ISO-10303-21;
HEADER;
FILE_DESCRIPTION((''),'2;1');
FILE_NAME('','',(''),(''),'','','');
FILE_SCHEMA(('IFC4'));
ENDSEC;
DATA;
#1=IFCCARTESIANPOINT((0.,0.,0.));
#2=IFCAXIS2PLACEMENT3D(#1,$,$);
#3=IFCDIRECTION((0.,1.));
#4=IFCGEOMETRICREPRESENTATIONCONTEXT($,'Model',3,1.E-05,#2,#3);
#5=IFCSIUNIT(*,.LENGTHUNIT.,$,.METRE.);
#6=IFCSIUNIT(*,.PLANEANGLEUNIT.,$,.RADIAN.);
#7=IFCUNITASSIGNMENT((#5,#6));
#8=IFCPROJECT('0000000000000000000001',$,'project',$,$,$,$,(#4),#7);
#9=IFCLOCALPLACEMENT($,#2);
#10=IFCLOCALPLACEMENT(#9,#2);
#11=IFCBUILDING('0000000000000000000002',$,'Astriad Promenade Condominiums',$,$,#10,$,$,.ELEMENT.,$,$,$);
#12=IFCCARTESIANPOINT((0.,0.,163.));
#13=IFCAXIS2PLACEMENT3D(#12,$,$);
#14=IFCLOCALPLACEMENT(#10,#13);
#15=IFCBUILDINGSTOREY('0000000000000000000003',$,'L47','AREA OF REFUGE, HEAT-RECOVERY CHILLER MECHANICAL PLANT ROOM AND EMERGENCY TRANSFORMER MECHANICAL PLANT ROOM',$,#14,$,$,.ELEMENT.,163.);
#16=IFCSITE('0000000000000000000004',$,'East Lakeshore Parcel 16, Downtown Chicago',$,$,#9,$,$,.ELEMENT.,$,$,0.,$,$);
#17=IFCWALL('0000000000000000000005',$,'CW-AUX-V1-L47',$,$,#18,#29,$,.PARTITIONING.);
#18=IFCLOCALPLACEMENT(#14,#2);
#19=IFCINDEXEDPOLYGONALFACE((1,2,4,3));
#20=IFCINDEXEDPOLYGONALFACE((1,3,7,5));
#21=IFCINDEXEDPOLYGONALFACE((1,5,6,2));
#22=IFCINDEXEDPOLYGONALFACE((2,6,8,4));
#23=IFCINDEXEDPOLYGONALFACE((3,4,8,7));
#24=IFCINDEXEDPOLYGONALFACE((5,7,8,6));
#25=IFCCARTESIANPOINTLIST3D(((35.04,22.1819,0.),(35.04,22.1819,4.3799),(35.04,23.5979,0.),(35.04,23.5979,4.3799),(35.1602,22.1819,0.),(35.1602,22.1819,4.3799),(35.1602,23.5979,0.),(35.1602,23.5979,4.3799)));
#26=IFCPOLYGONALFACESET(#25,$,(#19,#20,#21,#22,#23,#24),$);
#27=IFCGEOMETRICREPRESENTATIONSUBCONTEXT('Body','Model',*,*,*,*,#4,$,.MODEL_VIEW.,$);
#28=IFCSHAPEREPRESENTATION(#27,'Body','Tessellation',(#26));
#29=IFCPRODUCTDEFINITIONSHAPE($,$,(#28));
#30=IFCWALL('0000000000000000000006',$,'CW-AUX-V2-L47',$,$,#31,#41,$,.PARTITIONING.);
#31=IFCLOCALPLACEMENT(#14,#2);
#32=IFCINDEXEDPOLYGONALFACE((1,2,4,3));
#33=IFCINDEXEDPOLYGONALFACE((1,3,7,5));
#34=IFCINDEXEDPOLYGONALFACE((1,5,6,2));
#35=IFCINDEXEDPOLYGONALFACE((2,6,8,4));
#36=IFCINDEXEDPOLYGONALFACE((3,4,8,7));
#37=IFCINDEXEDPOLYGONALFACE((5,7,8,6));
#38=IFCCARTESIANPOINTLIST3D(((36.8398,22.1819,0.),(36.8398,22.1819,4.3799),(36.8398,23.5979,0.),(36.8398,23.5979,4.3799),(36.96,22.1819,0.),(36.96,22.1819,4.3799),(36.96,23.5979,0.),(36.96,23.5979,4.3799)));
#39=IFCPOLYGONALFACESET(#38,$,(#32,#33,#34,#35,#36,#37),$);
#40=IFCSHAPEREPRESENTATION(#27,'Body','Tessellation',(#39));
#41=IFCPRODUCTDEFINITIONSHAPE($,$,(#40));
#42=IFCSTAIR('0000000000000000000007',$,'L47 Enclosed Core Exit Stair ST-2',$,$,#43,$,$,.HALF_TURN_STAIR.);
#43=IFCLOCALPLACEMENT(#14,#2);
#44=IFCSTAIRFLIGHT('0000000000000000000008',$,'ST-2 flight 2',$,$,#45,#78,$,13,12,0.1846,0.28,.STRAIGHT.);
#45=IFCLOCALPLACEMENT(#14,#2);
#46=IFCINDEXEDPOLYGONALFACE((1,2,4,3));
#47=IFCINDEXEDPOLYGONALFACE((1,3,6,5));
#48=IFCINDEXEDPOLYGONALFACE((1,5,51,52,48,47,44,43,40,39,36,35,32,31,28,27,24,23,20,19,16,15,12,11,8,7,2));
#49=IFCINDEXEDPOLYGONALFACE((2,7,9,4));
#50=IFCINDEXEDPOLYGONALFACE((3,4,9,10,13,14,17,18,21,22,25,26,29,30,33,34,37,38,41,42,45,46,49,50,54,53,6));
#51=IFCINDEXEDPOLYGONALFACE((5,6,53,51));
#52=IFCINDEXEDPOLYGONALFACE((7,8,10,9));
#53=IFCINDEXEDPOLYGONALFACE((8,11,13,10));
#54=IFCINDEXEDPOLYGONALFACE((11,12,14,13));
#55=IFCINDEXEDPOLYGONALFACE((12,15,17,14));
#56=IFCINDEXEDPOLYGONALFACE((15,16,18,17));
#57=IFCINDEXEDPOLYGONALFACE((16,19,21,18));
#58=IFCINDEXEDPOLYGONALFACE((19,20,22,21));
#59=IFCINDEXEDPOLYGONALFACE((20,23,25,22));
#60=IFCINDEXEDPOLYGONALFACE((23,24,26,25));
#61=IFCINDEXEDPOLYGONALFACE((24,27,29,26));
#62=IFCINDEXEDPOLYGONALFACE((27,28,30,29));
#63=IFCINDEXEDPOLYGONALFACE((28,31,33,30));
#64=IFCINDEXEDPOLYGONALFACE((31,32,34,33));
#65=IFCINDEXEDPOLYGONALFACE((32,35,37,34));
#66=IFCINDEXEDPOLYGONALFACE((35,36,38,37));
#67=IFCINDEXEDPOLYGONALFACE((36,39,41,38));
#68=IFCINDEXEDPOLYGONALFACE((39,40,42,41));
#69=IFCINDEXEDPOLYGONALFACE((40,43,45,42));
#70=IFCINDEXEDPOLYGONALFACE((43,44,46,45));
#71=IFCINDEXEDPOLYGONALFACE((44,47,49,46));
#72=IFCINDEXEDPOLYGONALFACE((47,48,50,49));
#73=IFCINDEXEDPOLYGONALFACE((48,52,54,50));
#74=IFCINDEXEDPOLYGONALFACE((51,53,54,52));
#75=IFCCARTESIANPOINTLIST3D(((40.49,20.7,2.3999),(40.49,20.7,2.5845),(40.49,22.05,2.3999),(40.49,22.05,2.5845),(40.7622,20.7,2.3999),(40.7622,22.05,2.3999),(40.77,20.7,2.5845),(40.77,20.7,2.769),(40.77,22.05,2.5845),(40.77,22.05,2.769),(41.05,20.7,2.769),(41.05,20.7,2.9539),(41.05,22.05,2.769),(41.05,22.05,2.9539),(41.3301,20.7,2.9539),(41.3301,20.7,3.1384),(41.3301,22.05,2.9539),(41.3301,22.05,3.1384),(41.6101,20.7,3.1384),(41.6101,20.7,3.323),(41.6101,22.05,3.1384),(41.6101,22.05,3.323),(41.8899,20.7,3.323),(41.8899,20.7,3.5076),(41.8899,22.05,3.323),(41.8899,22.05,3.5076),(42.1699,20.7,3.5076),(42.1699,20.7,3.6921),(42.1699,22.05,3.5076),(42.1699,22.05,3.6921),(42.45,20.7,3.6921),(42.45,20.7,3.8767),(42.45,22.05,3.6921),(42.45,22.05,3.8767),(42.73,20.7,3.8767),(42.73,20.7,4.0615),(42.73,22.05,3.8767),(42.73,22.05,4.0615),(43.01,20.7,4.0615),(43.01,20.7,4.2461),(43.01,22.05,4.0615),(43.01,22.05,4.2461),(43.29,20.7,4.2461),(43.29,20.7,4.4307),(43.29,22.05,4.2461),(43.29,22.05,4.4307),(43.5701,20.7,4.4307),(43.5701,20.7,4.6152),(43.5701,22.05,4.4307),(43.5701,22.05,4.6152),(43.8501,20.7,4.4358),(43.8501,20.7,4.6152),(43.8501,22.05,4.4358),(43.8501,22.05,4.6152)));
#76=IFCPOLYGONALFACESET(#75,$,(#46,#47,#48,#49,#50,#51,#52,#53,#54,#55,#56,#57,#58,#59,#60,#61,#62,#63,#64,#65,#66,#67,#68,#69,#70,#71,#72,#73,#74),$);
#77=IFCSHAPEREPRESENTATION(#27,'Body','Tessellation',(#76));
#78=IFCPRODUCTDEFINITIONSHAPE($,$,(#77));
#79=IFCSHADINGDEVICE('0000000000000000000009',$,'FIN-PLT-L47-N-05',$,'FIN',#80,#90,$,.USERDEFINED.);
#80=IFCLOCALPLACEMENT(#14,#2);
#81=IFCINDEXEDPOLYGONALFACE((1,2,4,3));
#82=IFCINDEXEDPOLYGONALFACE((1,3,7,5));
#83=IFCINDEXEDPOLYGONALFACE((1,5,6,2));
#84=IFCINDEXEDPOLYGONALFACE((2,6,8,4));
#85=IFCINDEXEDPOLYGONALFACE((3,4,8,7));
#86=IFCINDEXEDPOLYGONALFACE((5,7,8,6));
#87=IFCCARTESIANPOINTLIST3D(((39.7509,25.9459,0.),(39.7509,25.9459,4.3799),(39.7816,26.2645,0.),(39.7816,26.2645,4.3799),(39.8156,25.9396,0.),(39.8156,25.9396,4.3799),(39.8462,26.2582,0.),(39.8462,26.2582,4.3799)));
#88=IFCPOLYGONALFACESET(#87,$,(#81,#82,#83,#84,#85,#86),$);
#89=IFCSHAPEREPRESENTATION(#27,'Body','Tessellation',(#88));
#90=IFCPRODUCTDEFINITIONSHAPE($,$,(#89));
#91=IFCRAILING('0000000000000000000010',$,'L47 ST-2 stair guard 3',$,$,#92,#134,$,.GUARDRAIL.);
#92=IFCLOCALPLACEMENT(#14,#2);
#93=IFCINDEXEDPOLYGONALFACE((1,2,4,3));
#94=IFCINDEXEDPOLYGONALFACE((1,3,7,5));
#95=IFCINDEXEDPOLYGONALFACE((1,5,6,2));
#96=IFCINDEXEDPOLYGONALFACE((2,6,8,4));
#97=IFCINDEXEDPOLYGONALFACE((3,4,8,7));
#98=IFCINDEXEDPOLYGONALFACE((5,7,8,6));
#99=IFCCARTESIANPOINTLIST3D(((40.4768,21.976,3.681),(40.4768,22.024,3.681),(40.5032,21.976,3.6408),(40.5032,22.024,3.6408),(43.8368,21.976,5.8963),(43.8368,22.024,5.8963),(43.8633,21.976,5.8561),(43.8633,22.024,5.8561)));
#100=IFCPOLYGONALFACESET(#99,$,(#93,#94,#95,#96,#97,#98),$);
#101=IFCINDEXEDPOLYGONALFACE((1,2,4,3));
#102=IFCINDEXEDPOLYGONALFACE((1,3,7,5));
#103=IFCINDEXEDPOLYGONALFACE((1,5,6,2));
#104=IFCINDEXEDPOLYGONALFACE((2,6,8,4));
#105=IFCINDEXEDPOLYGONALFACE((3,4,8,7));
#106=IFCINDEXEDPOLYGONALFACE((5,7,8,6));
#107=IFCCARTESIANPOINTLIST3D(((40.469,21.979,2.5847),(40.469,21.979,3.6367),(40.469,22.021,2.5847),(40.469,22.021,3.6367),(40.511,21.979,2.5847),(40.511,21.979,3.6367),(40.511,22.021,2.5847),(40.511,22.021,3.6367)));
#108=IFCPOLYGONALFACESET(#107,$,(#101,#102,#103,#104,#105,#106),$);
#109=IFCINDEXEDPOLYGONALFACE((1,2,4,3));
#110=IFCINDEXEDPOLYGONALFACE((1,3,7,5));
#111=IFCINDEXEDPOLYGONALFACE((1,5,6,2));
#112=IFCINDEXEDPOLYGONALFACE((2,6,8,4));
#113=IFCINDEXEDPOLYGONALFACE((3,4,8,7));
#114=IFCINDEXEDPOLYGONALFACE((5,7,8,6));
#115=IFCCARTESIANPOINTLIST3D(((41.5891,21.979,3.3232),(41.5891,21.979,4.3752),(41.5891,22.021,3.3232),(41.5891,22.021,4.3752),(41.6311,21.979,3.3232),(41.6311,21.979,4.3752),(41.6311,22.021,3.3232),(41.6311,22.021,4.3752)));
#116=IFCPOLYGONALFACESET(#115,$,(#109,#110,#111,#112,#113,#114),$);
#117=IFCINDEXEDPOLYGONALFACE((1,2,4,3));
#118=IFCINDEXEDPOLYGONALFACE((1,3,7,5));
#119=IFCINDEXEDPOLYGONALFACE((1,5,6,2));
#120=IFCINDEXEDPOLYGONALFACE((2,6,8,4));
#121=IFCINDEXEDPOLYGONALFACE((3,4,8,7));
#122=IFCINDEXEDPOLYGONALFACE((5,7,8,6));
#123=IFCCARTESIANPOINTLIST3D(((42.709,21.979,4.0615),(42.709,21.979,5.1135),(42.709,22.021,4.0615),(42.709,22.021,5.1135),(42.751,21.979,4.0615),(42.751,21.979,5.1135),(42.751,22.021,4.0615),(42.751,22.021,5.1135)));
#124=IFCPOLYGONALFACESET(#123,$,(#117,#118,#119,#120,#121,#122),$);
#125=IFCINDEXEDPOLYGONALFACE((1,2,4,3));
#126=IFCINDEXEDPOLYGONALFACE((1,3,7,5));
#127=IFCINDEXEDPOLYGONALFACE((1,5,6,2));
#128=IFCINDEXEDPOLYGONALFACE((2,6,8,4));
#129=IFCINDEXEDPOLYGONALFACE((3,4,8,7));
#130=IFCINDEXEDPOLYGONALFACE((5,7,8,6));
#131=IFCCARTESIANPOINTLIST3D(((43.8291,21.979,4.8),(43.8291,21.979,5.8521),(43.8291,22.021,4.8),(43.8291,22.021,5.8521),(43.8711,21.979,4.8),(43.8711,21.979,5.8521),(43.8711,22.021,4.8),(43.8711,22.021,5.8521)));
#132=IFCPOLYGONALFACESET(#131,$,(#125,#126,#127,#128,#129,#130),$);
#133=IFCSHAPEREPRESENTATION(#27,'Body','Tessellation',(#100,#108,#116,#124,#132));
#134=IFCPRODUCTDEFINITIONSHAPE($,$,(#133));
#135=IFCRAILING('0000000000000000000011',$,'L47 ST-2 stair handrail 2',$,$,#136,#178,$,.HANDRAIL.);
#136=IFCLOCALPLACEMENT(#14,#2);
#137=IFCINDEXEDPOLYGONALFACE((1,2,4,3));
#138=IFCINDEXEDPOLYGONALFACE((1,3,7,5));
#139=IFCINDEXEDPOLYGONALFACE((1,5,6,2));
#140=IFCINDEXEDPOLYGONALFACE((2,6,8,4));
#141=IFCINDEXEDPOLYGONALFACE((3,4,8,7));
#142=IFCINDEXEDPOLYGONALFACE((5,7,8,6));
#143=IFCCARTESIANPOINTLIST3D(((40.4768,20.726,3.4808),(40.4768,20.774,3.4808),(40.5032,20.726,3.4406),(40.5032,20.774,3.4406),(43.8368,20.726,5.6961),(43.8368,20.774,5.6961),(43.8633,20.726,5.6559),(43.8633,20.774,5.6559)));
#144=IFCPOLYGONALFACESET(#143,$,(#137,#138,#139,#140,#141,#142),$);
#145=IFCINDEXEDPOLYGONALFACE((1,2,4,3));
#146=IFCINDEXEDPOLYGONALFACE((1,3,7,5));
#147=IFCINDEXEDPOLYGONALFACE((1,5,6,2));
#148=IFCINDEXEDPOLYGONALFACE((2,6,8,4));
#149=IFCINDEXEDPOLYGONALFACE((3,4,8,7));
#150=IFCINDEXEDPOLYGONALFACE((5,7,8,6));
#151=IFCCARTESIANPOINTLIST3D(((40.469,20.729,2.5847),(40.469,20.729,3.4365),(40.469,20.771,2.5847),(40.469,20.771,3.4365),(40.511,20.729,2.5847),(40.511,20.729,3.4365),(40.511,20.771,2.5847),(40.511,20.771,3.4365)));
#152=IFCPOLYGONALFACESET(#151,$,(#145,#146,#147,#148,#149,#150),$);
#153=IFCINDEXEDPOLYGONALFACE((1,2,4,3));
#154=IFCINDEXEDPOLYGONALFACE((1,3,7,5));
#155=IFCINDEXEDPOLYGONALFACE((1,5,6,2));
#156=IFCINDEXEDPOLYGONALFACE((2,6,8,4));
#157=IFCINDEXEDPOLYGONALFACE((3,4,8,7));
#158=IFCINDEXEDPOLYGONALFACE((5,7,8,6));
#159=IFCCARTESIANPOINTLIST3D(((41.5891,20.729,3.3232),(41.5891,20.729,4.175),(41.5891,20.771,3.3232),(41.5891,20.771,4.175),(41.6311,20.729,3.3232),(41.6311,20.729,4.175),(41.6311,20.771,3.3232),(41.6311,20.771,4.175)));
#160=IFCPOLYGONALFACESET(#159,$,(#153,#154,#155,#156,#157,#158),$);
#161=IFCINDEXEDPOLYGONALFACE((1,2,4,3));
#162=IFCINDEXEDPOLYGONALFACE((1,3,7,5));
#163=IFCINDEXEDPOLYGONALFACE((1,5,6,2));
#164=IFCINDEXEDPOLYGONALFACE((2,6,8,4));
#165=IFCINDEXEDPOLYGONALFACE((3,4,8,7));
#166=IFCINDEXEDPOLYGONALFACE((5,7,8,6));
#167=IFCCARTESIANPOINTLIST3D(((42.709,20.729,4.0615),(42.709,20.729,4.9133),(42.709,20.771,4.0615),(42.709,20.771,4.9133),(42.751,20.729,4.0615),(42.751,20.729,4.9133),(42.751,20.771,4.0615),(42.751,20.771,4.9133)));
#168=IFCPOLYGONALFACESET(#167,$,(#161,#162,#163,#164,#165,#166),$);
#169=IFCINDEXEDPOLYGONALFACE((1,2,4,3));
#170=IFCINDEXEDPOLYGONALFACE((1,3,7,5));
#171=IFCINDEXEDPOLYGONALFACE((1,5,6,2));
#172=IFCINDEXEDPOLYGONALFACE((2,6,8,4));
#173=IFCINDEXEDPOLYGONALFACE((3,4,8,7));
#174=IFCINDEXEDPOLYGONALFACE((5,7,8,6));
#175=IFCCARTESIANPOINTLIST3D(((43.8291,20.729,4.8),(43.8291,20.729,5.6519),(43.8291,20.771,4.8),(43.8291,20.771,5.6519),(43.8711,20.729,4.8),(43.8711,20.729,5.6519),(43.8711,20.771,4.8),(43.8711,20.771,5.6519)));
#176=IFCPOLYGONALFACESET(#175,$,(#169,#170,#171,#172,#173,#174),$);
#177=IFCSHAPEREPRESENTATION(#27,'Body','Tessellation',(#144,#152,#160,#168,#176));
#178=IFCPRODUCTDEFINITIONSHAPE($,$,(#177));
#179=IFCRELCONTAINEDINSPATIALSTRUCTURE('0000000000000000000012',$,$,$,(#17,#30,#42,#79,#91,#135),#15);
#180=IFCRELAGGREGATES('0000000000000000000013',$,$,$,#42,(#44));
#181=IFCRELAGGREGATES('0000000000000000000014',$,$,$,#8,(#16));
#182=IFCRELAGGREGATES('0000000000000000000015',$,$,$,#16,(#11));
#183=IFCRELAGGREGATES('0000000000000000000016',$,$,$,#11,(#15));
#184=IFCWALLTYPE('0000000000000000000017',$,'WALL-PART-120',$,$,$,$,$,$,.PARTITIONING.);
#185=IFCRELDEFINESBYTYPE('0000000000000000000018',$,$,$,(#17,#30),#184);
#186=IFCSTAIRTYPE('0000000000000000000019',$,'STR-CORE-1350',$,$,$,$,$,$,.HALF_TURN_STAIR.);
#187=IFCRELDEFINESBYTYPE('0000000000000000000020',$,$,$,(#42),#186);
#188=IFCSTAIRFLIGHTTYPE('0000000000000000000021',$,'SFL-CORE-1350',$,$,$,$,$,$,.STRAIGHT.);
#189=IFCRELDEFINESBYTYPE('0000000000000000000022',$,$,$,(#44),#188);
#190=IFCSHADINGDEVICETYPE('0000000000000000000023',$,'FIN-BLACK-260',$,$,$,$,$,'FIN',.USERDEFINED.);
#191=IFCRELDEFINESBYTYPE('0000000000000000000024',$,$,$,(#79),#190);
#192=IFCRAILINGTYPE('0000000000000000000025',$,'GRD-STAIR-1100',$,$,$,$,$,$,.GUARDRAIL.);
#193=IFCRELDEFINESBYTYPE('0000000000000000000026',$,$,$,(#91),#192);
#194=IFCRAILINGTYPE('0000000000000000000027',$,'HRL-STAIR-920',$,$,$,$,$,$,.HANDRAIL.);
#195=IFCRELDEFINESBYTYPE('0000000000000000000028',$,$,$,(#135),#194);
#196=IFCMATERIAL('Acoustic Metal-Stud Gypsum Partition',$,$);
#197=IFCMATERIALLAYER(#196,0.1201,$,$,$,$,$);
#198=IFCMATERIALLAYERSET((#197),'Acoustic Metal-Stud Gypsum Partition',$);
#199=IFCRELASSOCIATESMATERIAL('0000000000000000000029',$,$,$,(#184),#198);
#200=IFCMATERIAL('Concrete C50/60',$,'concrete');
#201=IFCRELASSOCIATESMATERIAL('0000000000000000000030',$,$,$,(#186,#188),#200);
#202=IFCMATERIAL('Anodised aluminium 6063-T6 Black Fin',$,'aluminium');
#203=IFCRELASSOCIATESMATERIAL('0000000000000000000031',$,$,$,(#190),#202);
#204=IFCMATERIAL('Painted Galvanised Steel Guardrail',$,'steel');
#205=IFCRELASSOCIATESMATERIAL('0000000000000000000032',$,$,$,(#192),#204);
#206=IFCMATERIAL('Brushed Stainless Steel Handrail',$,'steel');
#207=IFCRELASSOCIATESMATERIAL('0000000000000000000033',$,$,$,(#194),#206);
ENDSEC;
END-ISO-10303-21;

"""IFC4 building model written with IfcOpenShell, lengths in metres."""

from ifc_helpers import new_model, si_unit, direction, frame, frame_2d, origin, origin_2d, place, context, subcontext, project, spatial, polyline, rectangle, outline, extrude, source, transform, mapped, material, layer, layer_set, type_object, type_shapes, element, aggregate, save


model = new_model("IFC4")

# Units and contexts
model_context = context("Model", 3, precision=1e-05, world=origin(), true_north=direction((0.0, 1.0)))
body_context = subcontext(model_context, "Body", "Model", "MODEL_VIEW")
ifc_project = project(units=[si_unit("LENGTHUNIT", "METRE"), si_unit("PLANEANGLEUNIT", "RADIAN")], contexts=[model_context])

# Site, building, storey
site_placement = place(None, origin())
site = spatial("IfcSite", under=ifc_project, at=site_placement, Name="East Lakeshore Parcel 16, Downtown Chicago", CompositionType="ELEMENT", RefElevation=0.0)
building_placement = place(site_placement, origin())
building = spatial("IfcBuilding", under=site, at=building_placement, Name="Astriad Promenade Condominiums", CompositionType="ELEMENT")
storey_placement = place(building_placement, frame((0.0, 0.0, 163.0)))
storey = spatial("IfcBuildingStorey", under=building, at=storey_placement, Name="L47", Description="AREA OF REFUGE, HEAT-RECOVERY CHILLER MECHANICAL PLANT ROOM AND EMERGENCY TRANSFORMER MECHANICAL PLANT ROOM", CompositionType="ELEMENT", Elevation=163.0)

# Shared definitions
ifc_material_1 = material(Name="Concrete C50/60", Category="concrete")

# Walls
ifc_material_2 = material(Name="Acoustic Metal-Stud Gypsum Partition")
ifc_layer_1 = layer(ifc_material_2, 0.1201)
ifc_layer_set_1 = layer_set([ifc_layer_1], Name="Acoustic Metal-Stud Gypsum Partition")
wall_type_1 = type_object("IfcWallType", Name="WALL-PART-120", PredefinedType="PARTITIONING", material=ifc_layer_set_1)
for number, where, z_axis, x_axis, name in (
    (1, (35.1001, 22.1819, 0.0), (0.0, 0.0, 1.0), (0.0, 1.0, 0.0), "CW-AUX-V1-L47"),
    (2, (36.8999, 22.1819, 0.0), (0.0, 0.0, 1.0), (0.0, 1.0, 0.0), "CW-AUX-V2-L47"),
):
    element("IfcWall", number, at=place(storey_placement, frame(where, z_axis=z_axis, x_axis=x_axis)), inside=storey, type_object=wall_type_1, Name=name, PredefinedType="PARTITIONING", context=body_context, shape_type="SweptSolid", body=[
        extrude(rectangle(XDim=1.416, YDim=0.1201, at=frame_2d((0.708, 0.0))), origin(), (0.0, 0.0, 1.0), 4.3799),
    ])

# Stair, stair flight
stair_type = type_object("IfcStairType", Name="STR-CORE-1350", PredefinedType="HALF_TURN_STAIR", material=ifc_material_1)
stair_placement = place(storey_placement, origin())
stair = element("IfcStair", 3, at=stair_placement, inside=storey, type_object=stair_type, Name="L47 Enclosed Core Exit Stair ST-2", PredefinedType="HALF_TURN_STAIR")
stair_flight_type = type_object("IfcStairFlightType", Name="SFL-CORE-1350", PredefinedType="STRAIGHT", material=ifc_material_1)
shared_shape_1 = source(origin(), body_context, "Body", "SweptSolid", [
    extrude(outline(polyline([(0.0, 0.0), (0.0, 0.1846), (0.28, 0.1846), (0.28, 0.3691), (0.5601, 0.3691), (0.5601, 0.554), (0.8401, 0.554), (0.8401, 0.7385), (1.1201, 0.7385), (1.1201, 0.9231), (1.3999, 0.9231), (1.3999, 1.1077), (1.6799, 1.1077), (1.6799, 1.2922), (1.96, 1.2922), (1.96, 1.4768), (2.24, 1.4768), (2.24, 1.6616), (2.52, 1.6616), (2.52, 1.8462), (2.8, 1.8462), (2.8, 2.0308), (3.0801, 2.0308), (3.0801, 2.2153), (3.3601, 2.2153), (3.3601, 2.3999), (3.3601, 2.0359), (0.2722, 0.0), (0.0, 0.0)])), frame((0.0, 0.675, 0.0), z_axis=(0.0, -1.0, 0.0), x_axis=(1.0, 0.0, 0.0)), (0.0, 0.0, 1.0), 1.3501),
])
type_shapes(stair_flight_type, [shared_shape_1])
stair_flight_placement = place(storey_placement, frame((40.49, 21.375, 2.3999), z_axis=(0.0, 0.0, 1.0), x_axis=(1.0, 0.0, 0.0)))
stair_flight = element("IfcStairFlight", 4, at=stair_flight_placement, type_object=stair_flight_type, Name="ST-2 flight 2", NumberOfRisers=13, NumberOfTreads=12, PredefinedType="STRAIGHT", RiserHeight=0.1846, TreadLength=0.28, context=body_context, shape_type="MappedRepresentation", body=[
    mapped(shared_shape_1, transform((0.0, 0.0, 0.0), scale=1.0)),
])
aggregate(stair, [stair_flight])

# Shading device
ifc_material_3 = material(Name="Anodised aluminium 6063-T6 Black Fin", Category="aluminium")
shading_device_type = type_object("IfcShadingDeviceType", Name="FIN-BLACK-260", ElementType="FIN", PredefinedType="USERDEFINED", material=ifc_material_3)
shared_shape_2 = source(origin(), body_context, "Body", "SweptSolid", [
    extrude(rectangle(XDim=0.0649, YDim=0.3201, at=origin_2d()), origin(), (0.0, 0.0, 1.0), 4.3799),
])
type_shapes(shading_device_type, [shared_shape_2])
shading_device_placement = place(storey_placement, frame((39.7986, 26.1021, 0.0), z_axis=(0.0, 0.0, 1.0), x_axis=(0.995396, -0.095846, 0.0)))
element("IfcShadingDevice", 5, at=shading_device_placement, inside=storey, type_object=shading_device_type, Name="FIN-PLT-L47-N-05", ObjectType="FIN", PredefinedType="USERDEFINED", context=body_context, shape_type="MappedRepresentation", body=[
    mapped(shared_shape_2, transform((0.0, 0.0, 0.0), scale=1.0)),
])

# Railings
ifc_material_4 = material(Name="Painted Galvanised Steel Guardrail", Category="steel")
railing_type_1 = type_object("IfcRailingType", Name="GRD-STAIR-1100", PredefinedType="GUARDRAIL", material=ifc_material_4)
shared_shape_3 = source(origin(), body_context, "Body", "SweptSolid", [
    extrude(rectangle(XDim=0.0481, YDim=0.0481, at=origin_2d()), frame((0.0, 0.0, 1.0762), z_axis=(0.834876, 0.0, 0.550437), x_axis=(0.0, 1.0, 0.0)), (0.0, 0.0, 1.0), 4.0247),
    extrude(rectangle(XDim=0.042, YDim=0.042, at=origin_2d()), origin(), (0.0, 0.0, 1.0), 1.052),
    extrude(rectangle(XDim=0.042, YDim=0.042, at=origin_2d()), frame((1.1201, 0.0, 0.7385)), (0.0, 0.0, 1.0), 1.052),
    extrude(rectangle(XDim=0.042, YDim=0.042, at=origin_2d()), frame((2.24, 0.0, 1.4768)), (0.0, 0.0, 1.0), 1.052),
    extrude(rectangle(XDim=0.042, YDim=0.042, at=origin_2d()), frame((3.3601, 0.0, 2.2153)), (0.0, 0.0, 1.0), 1.052),
])
railing_1_placement = place(storey_placement, frame((40.49, 22.0, 2.5847)))
element("IfcRailing", 6, at=railing_1_placement, inside=storey, type_object=railing_type_1, Name="L47 ST-2 stair guard 3", PredefinedType="GUARDRAIL", context=body_context, shape_type="MappedRepresentation", body=[
    mapped(shared_shape_3, transform((0.0, 0.0, 0.0), scale=1.0)),
])
ifc_material_5 = material(Name="Brushed Stainless Steel Handrail", Category="steel")
railing_type_2 = type_object("IfcRailingType", Name="HRL-STAIR-920", PredefinedType="HANDRAIL", material=ifc_material_5)
shared_shape_4 = source(origin(), body_context, "Body", "SweptSolid", [
    extrude(rectangle(XDim=0.0481, YDim=0.0481, at=origin_2d()), frame((0.0, 0.0, 0.876), z_axis=(0.834876, 0.0, 0.550437), x_axis=(0.0, 1.0, 0.0)), (0.0, 0.0, 1.0), 4.0247),
    extrude(rectangle(XDim=0.042, YDim=0.042, at=origin_2d()), origin(), (0.0, 0.0, 1.0), 0.8518),
    extrude(rectangle(XDim=0.042, YDim=0.042, at=origin_2d()), frame((1.1201, 0.0, 0.7385)), (0.0, 0.0, 1.0), 0.8518),
    extrude(rectangle(XDim=0.042, YDim=0.042, at=origin_2d()), frame((2.24, 0.0, 1.4768)), (0.0, 0.0, 1.0), 0.8518),
    extrude(rectangle(XDim=0.042, YDim=0.042, at=origin_2d()), frame((3.3601, 0.0, 2.2153)), (0.0, 0.0, 1.0), 0.8518),
])
type_shapes(railing_type_2, [shared_shape_4])
railing_2_placement = place(storey_placement, frame((40.49, 20.75, 2.5847)))
element("IfcRailing", 7, at=railing_2_placement, inside=storey, type_object=railing_type_2, Name="L47 ST-2 stair handrail 2", PredefinedType="HANDRAIL", context=body_context, shape_type="MappedRepresentation", body=[
    mapped(shared_shape_4, transform((0.0, 0.0, 0.0), scale=1.0)),
])

save(model, "model.ifc")
